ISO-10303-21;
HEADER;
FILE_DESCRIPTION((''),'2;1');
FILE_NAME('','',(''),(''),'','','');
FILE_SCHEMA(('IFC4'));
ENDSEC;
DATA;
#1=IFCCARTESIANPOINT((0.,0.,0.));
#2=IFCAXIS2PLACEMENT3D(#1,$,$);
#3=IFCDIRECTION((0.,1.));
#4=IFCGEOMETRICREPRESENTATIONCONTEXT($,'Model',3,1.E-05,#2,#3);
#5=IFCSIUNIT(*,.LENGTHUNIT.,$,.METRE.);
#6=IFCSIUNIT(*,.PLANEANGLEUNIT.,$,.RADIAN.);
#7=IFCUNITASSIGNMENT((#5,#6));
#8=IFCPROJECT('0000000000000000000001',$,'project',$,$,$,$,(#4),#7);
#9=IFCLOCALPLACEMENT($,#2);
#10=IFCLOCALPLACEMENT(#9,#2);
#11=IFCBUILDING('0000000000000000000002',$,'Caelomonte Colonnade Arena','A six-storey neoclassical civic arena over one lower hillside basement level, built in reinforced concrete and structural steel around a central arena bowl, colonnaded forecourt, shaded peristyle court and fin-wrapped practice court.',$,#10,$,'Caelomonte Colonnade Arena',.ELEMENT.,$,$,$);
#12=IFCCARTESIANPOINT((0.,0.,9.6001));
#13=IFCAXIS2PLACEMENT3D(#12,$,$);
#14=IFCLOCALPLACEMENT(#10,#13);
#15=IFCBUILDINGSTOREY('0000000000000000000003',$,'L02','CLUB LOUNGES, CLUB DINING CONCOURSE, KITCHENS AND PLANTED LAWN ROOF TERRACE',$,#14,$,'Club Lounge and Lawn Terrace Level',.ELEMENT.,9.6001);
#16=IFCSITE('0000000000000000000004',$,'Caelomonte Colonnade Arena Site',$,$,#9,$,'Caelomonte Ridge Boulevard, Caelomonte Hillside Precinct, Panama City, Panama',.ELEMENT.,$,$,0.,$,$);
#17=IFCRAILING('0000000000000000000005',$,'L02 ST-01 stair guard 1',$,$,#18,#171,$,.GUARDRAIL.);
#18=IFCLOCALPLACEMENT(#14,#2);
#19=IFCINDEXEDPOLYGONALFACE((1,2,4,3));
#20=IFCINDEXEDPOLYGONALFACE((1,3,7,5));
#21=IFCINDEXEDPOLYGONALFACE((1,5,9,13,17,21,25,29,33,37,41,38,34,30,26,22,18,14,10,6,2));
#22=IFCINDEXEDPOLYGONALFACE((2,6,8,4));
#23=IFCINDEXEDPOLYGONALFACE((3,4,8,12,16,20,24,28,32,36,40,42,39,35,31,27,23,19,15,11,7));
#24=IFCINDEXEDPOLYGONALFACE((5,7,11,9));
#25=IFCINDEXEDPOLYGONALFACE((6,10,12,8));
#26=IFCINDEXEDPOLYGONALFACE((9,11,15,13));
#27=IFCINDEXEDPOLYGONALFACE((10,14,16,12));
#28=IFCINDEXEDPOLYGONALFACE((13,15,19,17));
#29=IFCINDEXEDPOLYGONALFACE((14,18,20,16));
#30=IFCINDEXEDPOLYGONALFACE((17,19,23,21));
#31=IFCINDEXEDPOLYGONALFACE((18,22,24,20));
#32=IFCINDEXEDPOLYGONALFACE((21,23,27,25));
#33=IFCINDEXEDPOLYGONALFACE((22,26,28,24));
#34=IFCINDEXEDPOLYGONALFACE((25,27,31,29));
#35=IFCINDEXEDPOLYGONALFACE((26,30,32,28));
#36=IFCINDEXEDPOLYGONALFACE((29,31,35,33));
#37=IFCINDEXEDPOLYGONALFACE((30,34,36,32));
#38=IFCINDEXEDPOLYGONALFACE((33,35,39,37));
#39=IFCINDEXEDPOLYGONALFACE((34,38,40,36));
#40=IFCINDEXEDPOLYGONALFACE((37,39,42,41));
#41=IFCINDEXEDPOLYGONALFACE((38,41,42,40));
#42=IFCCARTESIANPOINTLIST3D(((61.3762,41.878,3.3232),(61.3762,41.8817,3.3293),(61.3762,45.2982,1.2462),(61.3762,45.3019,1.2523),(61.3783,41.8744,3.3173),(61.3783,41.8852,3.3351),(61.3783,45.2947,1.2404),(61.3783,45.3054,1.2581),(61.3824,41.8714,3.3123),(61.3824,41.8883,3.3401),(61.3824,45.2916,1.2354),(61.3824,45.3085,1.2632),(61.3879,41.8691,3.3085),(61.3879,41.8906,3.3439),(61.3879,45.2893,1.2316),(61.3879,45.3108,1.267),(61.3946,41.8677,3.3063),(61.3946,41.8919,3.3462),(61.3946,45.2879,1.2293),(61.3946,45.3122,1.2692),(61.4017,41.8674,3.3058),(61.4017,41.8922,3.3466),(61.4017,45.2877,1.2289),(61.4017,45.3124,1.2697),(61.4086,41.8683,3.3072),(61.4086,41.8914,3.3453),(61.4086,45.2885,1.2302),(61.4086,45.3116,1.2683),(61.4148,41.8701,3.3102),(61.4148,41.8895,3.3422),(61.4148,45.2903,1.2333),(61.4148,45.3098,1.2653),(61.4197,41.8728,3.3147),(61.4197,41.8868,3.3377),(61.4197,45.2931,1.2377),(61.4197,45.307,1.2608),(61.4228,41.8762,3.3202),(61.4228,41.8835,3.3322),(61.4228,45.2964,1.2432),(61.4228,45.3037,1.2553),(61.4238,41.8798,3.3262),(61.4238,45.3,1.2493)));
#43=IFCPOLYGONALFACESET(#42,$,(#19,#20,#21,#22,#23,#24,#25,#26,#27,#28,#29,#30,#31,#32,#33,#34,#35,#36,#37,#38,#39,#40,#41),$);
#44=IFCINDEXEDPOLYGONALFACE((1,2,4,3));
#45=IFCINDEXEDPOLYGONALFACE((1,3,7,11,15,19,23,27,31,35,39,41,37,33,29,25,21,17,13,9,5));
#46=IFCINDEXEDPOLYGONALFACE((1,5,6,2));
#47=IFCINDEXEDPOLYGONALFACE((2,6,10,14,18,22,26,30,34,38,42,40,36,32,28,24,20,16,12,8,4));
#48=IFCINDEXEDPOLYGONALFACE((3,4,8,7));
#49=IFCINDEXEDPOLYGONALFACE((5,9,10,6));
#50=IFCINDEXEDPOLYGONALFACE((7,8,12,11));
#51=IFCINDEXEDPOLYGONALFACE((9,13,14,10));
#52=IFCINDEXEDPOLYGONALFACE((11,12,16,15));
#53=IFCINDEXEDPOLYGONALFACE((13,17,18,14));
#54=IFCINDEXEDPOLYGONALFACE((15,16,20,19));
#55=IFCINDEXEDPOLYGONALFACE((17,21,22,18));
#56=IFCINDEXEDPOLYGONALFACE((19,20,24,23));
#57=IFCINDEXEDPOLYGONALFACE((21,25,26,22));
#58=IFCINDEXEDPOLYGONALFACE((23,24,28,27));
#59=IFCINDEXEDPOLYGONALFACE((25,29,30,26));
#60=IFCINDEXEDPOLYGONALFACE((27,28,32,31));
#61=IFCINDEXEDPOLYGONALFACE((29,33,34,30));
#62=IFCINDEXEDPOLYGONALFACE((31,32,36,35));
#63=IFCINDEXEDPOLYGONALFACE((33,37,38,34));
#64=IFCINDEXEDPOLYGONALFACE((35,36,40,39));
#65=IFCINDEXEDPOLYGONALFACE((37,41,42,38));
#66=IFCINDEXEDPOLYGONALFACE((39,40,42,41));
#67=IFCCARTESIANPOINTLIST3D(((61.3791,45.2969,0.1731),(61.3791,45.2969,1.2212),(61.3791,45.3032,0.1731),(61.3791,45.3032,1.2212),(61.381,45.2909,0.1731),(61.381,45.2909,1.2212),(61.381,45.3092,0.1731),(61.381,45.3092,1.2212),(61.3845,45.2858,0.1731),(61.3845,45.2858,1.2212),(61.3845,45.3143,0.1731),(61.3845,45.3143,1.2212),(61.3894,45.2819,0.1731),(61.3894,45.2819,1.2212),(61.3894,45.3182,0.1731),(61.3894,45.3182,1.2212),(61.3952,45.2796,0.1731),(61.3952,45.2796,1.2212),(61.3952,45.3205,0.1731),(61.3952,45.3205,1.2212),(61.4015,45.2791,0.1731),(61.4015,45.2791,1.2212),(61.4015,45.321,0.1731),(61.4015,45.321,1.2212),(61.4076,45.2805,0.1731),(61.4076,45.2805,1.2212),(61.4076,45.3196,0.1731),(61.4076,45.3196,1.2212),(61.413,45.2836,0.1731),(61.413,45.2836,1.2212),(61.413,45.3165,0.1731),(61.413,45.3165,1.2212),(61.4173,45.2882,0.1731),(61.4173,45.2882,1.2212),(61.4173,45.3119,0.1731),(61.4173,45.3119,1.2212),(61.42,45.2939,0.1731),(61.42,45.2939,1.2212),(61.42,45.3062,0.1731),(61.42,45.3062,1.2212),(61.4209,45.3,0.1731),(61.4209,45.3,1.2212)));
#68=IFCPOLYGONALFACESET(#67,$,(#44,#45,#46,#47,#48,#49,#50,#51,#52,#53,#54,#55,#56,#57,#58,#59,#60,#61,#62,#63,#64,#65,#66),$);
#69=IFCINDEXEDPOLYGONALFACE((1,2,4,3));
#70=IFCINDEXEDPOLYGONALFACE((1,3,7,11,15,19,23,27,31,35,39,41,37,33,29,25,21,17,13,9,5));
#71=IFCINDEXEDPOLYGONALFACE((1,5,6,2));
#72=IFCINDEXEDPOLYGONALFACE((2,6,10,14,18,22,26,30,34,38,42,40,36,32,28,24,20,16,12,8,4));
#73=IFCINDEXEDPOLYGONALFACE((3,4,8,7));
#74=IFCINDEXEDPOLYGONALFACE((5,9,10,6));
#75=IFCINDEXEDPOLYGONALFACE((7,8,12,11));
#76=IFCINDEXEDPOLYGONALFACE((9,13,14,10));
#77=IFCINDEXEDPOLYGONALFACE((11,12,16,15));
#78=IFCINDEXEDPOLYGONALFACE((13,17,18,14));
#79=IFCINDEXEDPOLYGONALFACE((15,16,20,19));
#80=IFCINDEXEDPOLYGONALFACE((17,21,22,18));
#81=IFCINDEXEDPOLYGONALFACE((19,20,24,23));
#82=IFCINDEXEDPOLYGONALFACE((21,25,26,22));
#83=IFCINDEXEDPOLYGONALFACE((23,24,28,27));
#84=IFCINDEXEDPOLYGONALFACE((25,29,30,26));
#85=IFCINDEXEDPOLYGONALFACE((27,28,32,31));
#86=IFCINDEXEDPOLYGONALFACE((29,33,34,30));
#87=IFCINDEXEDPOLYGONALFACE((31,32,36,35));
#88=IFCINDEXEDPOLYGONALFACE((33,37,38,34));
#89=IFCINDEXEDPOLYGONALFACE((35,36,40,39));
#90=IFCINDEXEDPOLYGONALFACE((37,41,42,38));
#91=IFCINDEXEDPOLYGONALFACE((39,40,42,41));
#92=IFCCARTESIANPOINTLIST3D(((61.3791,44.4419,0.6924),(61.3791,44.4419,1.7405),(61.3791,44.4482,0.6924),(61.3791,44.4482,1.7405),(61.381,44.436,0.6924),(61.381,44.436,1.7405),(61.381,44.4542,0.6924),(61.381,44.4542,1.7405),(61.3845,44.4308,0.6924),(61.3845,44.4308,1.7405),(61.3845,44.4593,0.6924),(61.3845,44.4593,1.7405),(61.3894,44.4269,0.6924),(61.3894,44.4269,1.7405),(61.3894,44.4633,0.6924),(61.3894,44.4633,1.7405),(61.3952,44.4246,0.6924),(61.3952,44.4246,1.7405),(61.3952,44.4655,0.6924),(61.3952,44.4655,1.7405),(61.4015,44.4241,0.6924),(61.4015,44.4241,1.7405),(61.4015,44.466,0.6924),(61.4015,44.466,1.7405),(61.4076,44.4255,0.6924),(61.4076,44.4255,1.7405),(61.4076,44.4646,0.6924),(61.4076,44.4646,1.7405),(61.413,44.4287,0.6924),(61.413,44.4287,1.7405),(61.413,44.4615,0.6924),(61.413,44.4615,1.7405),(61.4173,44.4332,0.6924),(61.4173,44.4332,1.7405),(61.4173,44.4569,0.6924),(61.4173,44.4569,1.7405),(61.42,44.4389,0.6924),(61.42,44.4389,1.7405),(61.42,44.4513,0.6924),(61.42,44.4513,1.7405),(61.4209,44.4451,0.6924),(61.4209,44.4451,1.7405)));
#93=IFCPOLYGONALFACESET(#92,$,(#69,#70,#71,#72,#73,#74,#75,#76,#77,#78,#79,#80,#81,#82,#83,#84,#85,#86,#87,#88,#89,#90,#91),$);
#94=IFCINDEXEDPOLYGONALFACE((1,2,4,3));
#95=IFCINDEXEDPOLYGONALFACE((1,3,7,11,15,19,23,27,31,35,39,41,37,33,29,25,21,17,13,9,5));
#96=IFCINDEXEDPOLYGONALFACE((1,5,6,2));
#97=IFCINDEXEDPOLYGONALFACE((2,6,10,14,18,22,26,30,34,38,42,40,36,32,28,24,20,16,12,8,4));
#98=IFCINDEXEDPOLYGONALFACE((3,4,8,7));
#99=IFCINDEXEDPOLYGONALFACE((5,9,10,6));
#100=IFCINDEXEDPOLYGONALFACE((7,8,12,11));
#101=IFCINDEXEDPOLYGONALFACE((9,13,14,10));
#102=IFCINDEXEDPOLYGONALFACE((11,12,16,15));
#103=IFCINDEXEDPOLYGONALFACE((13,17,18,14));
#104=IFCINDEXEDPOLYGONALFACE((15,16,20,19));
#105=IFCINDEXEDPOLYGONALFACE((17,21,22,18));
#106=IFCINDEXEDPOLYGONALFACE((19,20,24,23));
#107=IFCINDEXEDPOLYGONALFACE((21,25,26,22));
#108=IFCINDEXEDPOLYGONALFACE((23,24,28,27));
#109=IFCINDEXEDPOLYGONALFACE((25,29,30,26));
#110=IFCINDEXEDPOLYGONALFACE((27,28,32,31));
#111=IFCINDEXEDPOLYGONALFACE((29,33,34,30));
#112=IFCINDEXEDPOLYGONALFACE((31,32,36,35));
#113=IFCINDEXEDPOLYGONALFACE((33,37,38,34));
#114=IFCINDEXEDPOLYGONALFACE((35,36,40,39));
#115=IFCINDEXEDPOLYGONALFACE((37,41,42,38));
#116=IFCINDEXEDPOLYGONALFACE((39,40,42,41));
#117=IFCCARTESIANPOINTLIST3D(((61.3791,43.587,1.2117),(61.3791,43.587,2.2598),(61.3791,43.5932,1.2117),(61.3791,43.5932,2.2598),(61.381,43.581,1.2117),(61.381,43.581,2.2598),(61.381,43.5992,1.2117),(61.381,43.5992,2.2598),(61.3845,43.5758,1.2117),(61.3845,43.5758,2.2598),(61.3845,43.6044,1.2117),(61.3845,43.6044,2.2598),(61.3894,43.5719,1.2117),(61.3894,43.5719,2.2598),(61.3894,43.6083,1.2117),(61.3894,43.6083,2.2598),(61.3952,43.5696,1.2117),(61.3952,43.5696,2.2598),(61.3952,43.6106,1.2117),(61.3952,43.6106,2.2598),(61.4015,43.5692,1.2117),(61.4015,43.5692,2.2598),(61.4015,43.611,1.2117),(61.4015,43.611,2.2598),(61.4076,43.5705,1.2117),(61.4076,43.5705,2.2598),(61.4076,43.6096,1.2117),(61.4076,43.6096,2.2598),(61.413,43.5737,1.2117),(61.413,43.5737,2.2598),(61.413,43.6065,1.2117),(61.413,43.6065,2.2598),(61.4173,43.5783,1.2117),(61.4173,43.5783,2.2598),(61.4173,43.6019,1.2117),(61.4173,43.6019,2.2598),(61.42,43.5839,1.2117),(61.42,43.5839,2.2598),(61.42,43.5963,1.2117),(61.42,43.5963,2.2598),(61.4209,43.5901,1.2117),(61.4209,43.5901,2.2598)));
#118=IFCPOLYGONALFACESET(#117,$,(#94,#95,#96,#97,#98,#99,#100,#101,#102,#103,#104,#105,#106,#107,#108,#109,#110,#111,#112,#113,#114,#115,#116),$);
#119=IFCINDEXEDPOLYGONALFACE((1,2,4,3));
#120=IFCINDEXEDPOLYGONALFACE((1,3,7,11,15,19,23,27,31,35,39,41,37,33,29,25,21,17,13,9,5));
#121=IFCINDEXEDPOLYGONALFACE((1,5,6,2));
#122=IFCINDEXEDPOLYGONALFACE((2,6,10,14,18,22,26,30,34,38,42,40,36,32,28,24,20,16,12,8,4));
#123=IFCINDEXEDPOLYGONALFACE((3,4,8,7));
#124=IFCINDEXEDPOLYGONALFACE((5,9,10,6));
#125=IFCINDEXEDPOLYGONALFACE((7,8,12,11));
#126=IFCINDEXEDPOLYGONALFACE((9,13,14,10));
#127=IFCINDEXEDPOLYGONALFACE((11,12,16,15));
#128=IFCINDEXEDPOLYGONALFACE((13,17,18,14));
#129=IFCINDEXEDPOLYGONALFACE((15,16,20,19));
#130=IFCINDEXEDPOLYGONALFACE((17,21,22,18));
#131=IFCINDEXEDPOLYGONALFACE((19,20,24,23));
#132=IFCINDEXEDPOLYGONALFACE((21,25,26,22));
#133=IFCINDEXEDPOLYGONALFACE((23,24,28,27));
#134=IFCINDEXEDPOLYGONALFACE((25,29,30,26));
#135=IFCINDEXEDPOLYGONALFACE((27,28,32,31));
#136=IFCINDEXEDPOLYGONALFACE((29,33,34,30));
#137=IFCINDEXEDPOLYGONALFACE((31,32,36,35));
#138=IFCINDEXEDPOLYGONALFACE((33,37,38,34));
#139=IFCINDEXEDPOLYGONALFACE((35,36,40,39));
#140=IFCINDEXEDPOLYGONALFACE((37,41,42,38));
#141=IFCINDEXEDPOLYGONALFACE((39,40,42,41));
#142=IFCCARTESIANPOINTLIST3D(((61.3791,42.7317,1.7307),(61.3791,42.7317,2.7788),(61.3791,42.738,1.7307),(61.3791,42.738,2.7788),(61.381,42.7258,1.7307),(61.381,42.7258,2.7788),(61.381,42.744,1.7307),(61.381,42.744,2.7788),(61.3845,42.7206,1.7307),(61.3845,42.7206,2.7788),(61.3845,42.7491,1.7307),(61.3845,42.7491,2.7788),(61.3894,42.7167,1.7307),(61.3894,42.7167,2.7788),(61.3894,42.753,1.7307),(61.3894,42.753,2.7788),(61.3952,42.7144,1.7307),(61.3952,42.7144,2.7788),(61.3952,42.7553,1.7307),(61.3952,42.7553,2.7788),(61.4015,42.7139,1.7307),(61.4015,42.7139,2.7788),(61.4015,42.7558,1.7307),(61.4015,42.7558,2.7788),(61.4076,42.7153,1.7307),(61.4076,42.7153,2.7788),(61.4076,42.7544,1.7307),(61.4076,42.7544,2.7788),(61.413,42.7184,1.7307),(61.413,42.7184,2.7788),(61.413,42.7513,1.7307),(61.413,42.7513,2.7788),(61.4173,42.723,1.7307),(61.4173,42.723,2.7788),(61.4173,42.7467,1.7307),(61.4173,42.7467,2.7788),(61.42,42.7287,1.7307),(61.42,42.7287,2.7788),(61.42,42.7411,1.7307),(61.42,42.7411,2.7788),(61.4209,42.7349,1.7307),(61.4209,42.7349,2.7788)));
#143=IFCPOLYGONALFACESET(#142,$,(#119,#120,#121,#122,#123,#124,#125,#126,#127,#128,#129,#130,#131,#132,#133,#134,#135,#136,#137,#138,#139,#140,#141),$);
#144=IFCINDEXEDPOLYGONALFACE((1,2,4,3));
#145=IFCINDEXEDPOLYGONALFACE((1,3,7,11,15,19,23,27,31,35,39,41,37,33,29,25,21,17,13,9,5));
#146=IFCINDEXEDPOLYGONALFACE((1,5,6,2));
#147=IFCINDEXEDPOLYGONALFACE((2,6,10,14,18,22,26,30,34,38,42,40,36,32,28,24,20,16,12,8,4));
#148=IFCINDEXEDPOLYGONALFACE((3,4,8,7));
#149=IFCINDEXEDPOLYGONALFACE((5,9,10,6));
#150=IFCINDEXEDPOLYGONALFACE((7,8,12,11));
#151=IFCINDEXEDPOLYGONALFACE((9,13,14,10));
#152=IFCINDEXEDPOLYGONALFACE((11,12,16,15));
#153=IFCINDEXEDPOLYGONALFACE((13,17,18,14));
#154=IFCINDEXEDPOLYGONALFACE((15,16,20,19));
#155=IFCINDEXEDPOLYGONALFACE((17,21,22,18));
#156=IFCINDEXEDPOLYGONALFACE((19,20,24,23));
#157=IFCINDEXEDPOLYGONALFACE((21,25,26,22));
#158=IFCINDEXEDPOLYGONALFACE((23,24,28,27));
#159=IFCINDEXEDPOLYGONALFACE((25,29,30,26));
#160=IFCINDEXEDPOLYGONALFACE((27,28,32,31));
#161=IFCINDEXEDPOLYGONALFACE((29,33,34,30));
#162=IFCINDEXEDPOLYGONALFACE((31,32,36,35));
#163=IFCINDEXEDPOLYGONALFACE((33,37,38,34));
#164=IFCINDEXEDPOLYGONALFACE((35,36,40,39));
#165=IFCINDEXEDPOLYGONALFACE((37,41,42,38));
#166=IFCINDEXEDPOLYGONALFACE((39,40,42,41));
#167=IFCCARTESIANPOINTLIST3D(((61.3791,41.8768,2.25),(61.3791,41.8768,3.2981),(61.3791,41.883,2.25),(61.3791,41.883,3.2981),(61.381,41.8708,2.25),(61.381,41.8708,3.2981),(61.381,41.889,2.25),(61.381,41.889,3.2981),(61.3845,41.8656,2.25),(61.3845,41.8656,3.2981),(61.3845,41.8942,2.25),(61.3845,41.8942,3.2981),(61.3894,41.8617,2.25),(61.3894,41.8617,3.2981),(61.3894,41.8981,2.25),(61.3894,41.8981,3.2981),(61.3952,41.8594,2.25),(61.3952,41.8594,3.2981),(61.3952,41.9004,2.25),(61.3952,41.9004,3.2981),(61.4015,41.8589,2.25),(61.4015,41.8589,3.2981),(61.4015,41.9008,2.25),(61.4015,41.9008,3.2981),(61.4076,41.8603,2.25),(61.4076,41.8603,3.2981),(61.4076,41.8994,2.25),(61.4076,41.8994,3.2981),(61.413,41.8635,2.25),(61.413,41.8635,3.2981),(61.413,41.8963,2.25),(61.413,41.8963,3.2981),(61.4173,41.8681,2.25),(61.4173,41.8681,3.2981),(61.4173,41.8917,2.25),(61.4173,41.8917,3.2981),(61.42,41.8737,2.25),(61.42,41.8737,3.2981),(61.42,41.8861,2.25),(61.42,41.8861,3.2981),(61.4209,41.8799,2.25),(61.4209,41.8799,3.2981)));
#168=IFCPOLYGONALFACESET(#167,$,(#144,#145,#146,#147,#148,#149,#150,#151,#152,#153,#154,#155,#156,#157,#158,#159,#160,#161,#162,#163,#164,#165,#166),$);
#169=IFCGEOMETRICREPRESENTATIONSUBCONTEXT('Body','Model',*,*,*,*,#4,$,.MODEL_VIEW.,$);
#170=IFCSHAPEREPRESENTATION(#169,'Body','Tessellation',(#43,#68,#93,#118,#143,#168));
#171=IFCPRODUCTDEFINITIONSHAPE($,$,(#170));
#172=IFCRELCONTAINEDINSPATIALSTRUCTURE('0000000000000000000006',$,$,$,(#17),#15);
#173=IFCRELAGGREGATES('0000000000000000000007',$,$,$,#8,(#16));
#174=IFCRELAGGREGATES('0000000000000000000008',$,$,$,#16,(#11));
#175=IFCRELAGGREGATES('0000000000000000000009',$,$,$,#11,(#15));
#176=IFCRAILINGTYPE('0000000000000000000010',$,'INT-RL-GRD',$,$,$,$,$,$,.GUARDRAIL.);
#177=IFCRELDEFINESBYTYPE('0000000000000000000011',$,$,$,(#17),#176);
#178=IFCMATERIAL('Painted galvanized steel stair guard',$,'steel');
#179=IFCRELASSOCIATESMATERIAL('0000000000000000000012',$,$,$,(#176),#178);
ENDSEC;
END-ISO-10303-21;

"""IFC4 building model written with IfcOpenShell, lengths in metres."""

from ifc_helpers import new_model, si_unit, direction, frame, origin, origin_2d, place, context, subcontext, project, spatial, circle, extrude, material, type_object, element, save


model = new_model("IFC4")

# Units and contexts
model_context = context("Model", 3, precision=1e-05, world=origin(), true_north=direction((0.0, 1.0)))
body_context = subcontext(model_context, "Body", "Model", "MODEL_VIEW")
ifc_project = project(units=[si_unit("LENGTHUNIT", "METRE"), si_unit("PLANEANGLEUNIT", "RADIAN")], contexts=[model_context])

# Site, building, storey
site_placement = place(None, origin())
site = spatial("IfcSite", under=ifc_project, at=site_placement, Name="Caelomonte Colonnade Arena Site", LongName="Caelomonte Ridge Boulevard, Caelomonte Hillside Precinct, Panama City, Panama", CompositionType="ELEMENT", RefElevation=0.0)
building_placement = place(site_placement, origin())
building = spatial("IfcBuilding", under=site, at=building_placement, Name="Caelomonte Colonnade Arena", Description="A six-storey neoclassical civic arena over one lower hillside basement level, built in reinforced concrete and structural steel around a central arena bowl, colonnaded forecourt, shaded peristyle court and fin-wrapped practice court.", LongName="Caelomonte Colonnade Arena", CompositionType="ELEMENT")
storey_placement = place(building_placement, frame((0.0, 0.0, 9.6001)))
storey = spatial("IfcBuildingStorey", under=building, at=storey_placement, Name="L02", Description="CLUB LOUNGES, CLUB DINING CONCOURSE, KITCHENS AND PLANTED LAWN ROOF TERRACE", LongName="Club Lounge and Lawn Terrace Level", CompositionType="ELEMENT", Elevation=9.6001)

# Railing
ifc_material_1 = material(Name="Painted galvanized steel stair guard", Category="steel")
railing_type_1 = type_object("IfcRailingType", Name="INT-RL-GRD", PredefinedType="GUARDRAIL", material=ifc_material_1)
railing_1_placement = place(storey_placement, frame((61.3999, 45.3, 0.1731)))
element("IfcRailing", 1, at=railing_1_placement, inside=storey, type_object=railing_type_1, Name="L02 ST-01 stair guard 1", PredefinedType="GUARDRAIL", context=body_context, shape_type="SweptSolid", body=[
    extrude(circle(Radius=0.0239, at=origin_2d()), frame((0.0, 0.0, 1.0762), z_axis=(0.0, -0.854746, 0.519047), x_axis=(1.0, 0.0, 0.0)), (0.0, 0.0, 1.0), 4.0015),
    extrude(circle(Radius=0.021, at=origin_2d()), origin(), (0.0, 0.0, 1.0), 1.0481),
    extrude(circle(Radius=0.021, at=origin_2d()), frame((0.0, -0.855, 0.5193)), (0.0, 0.0, 1.0), 1.0481),
    extrude(circle(Radius=0.021, at=origin_2d()), frame((0.0, -1.71, 1.0386)), (0.0, 0.0, 1.0), 1.0481),
    extrude(circle(Radius=0.021, at=origin_2d()), frame((0.0, -2.5652, 1.5576)), (0.0, 0.0, 1.0), 1.0481),
    extrude(circle(Radius=0.021, at=origin_2d()), frame((0.0, -3.4202, 2.0769)), (0.0, 0.0, 1.0), 1.0481),
])

save(model, "model.ifc")
